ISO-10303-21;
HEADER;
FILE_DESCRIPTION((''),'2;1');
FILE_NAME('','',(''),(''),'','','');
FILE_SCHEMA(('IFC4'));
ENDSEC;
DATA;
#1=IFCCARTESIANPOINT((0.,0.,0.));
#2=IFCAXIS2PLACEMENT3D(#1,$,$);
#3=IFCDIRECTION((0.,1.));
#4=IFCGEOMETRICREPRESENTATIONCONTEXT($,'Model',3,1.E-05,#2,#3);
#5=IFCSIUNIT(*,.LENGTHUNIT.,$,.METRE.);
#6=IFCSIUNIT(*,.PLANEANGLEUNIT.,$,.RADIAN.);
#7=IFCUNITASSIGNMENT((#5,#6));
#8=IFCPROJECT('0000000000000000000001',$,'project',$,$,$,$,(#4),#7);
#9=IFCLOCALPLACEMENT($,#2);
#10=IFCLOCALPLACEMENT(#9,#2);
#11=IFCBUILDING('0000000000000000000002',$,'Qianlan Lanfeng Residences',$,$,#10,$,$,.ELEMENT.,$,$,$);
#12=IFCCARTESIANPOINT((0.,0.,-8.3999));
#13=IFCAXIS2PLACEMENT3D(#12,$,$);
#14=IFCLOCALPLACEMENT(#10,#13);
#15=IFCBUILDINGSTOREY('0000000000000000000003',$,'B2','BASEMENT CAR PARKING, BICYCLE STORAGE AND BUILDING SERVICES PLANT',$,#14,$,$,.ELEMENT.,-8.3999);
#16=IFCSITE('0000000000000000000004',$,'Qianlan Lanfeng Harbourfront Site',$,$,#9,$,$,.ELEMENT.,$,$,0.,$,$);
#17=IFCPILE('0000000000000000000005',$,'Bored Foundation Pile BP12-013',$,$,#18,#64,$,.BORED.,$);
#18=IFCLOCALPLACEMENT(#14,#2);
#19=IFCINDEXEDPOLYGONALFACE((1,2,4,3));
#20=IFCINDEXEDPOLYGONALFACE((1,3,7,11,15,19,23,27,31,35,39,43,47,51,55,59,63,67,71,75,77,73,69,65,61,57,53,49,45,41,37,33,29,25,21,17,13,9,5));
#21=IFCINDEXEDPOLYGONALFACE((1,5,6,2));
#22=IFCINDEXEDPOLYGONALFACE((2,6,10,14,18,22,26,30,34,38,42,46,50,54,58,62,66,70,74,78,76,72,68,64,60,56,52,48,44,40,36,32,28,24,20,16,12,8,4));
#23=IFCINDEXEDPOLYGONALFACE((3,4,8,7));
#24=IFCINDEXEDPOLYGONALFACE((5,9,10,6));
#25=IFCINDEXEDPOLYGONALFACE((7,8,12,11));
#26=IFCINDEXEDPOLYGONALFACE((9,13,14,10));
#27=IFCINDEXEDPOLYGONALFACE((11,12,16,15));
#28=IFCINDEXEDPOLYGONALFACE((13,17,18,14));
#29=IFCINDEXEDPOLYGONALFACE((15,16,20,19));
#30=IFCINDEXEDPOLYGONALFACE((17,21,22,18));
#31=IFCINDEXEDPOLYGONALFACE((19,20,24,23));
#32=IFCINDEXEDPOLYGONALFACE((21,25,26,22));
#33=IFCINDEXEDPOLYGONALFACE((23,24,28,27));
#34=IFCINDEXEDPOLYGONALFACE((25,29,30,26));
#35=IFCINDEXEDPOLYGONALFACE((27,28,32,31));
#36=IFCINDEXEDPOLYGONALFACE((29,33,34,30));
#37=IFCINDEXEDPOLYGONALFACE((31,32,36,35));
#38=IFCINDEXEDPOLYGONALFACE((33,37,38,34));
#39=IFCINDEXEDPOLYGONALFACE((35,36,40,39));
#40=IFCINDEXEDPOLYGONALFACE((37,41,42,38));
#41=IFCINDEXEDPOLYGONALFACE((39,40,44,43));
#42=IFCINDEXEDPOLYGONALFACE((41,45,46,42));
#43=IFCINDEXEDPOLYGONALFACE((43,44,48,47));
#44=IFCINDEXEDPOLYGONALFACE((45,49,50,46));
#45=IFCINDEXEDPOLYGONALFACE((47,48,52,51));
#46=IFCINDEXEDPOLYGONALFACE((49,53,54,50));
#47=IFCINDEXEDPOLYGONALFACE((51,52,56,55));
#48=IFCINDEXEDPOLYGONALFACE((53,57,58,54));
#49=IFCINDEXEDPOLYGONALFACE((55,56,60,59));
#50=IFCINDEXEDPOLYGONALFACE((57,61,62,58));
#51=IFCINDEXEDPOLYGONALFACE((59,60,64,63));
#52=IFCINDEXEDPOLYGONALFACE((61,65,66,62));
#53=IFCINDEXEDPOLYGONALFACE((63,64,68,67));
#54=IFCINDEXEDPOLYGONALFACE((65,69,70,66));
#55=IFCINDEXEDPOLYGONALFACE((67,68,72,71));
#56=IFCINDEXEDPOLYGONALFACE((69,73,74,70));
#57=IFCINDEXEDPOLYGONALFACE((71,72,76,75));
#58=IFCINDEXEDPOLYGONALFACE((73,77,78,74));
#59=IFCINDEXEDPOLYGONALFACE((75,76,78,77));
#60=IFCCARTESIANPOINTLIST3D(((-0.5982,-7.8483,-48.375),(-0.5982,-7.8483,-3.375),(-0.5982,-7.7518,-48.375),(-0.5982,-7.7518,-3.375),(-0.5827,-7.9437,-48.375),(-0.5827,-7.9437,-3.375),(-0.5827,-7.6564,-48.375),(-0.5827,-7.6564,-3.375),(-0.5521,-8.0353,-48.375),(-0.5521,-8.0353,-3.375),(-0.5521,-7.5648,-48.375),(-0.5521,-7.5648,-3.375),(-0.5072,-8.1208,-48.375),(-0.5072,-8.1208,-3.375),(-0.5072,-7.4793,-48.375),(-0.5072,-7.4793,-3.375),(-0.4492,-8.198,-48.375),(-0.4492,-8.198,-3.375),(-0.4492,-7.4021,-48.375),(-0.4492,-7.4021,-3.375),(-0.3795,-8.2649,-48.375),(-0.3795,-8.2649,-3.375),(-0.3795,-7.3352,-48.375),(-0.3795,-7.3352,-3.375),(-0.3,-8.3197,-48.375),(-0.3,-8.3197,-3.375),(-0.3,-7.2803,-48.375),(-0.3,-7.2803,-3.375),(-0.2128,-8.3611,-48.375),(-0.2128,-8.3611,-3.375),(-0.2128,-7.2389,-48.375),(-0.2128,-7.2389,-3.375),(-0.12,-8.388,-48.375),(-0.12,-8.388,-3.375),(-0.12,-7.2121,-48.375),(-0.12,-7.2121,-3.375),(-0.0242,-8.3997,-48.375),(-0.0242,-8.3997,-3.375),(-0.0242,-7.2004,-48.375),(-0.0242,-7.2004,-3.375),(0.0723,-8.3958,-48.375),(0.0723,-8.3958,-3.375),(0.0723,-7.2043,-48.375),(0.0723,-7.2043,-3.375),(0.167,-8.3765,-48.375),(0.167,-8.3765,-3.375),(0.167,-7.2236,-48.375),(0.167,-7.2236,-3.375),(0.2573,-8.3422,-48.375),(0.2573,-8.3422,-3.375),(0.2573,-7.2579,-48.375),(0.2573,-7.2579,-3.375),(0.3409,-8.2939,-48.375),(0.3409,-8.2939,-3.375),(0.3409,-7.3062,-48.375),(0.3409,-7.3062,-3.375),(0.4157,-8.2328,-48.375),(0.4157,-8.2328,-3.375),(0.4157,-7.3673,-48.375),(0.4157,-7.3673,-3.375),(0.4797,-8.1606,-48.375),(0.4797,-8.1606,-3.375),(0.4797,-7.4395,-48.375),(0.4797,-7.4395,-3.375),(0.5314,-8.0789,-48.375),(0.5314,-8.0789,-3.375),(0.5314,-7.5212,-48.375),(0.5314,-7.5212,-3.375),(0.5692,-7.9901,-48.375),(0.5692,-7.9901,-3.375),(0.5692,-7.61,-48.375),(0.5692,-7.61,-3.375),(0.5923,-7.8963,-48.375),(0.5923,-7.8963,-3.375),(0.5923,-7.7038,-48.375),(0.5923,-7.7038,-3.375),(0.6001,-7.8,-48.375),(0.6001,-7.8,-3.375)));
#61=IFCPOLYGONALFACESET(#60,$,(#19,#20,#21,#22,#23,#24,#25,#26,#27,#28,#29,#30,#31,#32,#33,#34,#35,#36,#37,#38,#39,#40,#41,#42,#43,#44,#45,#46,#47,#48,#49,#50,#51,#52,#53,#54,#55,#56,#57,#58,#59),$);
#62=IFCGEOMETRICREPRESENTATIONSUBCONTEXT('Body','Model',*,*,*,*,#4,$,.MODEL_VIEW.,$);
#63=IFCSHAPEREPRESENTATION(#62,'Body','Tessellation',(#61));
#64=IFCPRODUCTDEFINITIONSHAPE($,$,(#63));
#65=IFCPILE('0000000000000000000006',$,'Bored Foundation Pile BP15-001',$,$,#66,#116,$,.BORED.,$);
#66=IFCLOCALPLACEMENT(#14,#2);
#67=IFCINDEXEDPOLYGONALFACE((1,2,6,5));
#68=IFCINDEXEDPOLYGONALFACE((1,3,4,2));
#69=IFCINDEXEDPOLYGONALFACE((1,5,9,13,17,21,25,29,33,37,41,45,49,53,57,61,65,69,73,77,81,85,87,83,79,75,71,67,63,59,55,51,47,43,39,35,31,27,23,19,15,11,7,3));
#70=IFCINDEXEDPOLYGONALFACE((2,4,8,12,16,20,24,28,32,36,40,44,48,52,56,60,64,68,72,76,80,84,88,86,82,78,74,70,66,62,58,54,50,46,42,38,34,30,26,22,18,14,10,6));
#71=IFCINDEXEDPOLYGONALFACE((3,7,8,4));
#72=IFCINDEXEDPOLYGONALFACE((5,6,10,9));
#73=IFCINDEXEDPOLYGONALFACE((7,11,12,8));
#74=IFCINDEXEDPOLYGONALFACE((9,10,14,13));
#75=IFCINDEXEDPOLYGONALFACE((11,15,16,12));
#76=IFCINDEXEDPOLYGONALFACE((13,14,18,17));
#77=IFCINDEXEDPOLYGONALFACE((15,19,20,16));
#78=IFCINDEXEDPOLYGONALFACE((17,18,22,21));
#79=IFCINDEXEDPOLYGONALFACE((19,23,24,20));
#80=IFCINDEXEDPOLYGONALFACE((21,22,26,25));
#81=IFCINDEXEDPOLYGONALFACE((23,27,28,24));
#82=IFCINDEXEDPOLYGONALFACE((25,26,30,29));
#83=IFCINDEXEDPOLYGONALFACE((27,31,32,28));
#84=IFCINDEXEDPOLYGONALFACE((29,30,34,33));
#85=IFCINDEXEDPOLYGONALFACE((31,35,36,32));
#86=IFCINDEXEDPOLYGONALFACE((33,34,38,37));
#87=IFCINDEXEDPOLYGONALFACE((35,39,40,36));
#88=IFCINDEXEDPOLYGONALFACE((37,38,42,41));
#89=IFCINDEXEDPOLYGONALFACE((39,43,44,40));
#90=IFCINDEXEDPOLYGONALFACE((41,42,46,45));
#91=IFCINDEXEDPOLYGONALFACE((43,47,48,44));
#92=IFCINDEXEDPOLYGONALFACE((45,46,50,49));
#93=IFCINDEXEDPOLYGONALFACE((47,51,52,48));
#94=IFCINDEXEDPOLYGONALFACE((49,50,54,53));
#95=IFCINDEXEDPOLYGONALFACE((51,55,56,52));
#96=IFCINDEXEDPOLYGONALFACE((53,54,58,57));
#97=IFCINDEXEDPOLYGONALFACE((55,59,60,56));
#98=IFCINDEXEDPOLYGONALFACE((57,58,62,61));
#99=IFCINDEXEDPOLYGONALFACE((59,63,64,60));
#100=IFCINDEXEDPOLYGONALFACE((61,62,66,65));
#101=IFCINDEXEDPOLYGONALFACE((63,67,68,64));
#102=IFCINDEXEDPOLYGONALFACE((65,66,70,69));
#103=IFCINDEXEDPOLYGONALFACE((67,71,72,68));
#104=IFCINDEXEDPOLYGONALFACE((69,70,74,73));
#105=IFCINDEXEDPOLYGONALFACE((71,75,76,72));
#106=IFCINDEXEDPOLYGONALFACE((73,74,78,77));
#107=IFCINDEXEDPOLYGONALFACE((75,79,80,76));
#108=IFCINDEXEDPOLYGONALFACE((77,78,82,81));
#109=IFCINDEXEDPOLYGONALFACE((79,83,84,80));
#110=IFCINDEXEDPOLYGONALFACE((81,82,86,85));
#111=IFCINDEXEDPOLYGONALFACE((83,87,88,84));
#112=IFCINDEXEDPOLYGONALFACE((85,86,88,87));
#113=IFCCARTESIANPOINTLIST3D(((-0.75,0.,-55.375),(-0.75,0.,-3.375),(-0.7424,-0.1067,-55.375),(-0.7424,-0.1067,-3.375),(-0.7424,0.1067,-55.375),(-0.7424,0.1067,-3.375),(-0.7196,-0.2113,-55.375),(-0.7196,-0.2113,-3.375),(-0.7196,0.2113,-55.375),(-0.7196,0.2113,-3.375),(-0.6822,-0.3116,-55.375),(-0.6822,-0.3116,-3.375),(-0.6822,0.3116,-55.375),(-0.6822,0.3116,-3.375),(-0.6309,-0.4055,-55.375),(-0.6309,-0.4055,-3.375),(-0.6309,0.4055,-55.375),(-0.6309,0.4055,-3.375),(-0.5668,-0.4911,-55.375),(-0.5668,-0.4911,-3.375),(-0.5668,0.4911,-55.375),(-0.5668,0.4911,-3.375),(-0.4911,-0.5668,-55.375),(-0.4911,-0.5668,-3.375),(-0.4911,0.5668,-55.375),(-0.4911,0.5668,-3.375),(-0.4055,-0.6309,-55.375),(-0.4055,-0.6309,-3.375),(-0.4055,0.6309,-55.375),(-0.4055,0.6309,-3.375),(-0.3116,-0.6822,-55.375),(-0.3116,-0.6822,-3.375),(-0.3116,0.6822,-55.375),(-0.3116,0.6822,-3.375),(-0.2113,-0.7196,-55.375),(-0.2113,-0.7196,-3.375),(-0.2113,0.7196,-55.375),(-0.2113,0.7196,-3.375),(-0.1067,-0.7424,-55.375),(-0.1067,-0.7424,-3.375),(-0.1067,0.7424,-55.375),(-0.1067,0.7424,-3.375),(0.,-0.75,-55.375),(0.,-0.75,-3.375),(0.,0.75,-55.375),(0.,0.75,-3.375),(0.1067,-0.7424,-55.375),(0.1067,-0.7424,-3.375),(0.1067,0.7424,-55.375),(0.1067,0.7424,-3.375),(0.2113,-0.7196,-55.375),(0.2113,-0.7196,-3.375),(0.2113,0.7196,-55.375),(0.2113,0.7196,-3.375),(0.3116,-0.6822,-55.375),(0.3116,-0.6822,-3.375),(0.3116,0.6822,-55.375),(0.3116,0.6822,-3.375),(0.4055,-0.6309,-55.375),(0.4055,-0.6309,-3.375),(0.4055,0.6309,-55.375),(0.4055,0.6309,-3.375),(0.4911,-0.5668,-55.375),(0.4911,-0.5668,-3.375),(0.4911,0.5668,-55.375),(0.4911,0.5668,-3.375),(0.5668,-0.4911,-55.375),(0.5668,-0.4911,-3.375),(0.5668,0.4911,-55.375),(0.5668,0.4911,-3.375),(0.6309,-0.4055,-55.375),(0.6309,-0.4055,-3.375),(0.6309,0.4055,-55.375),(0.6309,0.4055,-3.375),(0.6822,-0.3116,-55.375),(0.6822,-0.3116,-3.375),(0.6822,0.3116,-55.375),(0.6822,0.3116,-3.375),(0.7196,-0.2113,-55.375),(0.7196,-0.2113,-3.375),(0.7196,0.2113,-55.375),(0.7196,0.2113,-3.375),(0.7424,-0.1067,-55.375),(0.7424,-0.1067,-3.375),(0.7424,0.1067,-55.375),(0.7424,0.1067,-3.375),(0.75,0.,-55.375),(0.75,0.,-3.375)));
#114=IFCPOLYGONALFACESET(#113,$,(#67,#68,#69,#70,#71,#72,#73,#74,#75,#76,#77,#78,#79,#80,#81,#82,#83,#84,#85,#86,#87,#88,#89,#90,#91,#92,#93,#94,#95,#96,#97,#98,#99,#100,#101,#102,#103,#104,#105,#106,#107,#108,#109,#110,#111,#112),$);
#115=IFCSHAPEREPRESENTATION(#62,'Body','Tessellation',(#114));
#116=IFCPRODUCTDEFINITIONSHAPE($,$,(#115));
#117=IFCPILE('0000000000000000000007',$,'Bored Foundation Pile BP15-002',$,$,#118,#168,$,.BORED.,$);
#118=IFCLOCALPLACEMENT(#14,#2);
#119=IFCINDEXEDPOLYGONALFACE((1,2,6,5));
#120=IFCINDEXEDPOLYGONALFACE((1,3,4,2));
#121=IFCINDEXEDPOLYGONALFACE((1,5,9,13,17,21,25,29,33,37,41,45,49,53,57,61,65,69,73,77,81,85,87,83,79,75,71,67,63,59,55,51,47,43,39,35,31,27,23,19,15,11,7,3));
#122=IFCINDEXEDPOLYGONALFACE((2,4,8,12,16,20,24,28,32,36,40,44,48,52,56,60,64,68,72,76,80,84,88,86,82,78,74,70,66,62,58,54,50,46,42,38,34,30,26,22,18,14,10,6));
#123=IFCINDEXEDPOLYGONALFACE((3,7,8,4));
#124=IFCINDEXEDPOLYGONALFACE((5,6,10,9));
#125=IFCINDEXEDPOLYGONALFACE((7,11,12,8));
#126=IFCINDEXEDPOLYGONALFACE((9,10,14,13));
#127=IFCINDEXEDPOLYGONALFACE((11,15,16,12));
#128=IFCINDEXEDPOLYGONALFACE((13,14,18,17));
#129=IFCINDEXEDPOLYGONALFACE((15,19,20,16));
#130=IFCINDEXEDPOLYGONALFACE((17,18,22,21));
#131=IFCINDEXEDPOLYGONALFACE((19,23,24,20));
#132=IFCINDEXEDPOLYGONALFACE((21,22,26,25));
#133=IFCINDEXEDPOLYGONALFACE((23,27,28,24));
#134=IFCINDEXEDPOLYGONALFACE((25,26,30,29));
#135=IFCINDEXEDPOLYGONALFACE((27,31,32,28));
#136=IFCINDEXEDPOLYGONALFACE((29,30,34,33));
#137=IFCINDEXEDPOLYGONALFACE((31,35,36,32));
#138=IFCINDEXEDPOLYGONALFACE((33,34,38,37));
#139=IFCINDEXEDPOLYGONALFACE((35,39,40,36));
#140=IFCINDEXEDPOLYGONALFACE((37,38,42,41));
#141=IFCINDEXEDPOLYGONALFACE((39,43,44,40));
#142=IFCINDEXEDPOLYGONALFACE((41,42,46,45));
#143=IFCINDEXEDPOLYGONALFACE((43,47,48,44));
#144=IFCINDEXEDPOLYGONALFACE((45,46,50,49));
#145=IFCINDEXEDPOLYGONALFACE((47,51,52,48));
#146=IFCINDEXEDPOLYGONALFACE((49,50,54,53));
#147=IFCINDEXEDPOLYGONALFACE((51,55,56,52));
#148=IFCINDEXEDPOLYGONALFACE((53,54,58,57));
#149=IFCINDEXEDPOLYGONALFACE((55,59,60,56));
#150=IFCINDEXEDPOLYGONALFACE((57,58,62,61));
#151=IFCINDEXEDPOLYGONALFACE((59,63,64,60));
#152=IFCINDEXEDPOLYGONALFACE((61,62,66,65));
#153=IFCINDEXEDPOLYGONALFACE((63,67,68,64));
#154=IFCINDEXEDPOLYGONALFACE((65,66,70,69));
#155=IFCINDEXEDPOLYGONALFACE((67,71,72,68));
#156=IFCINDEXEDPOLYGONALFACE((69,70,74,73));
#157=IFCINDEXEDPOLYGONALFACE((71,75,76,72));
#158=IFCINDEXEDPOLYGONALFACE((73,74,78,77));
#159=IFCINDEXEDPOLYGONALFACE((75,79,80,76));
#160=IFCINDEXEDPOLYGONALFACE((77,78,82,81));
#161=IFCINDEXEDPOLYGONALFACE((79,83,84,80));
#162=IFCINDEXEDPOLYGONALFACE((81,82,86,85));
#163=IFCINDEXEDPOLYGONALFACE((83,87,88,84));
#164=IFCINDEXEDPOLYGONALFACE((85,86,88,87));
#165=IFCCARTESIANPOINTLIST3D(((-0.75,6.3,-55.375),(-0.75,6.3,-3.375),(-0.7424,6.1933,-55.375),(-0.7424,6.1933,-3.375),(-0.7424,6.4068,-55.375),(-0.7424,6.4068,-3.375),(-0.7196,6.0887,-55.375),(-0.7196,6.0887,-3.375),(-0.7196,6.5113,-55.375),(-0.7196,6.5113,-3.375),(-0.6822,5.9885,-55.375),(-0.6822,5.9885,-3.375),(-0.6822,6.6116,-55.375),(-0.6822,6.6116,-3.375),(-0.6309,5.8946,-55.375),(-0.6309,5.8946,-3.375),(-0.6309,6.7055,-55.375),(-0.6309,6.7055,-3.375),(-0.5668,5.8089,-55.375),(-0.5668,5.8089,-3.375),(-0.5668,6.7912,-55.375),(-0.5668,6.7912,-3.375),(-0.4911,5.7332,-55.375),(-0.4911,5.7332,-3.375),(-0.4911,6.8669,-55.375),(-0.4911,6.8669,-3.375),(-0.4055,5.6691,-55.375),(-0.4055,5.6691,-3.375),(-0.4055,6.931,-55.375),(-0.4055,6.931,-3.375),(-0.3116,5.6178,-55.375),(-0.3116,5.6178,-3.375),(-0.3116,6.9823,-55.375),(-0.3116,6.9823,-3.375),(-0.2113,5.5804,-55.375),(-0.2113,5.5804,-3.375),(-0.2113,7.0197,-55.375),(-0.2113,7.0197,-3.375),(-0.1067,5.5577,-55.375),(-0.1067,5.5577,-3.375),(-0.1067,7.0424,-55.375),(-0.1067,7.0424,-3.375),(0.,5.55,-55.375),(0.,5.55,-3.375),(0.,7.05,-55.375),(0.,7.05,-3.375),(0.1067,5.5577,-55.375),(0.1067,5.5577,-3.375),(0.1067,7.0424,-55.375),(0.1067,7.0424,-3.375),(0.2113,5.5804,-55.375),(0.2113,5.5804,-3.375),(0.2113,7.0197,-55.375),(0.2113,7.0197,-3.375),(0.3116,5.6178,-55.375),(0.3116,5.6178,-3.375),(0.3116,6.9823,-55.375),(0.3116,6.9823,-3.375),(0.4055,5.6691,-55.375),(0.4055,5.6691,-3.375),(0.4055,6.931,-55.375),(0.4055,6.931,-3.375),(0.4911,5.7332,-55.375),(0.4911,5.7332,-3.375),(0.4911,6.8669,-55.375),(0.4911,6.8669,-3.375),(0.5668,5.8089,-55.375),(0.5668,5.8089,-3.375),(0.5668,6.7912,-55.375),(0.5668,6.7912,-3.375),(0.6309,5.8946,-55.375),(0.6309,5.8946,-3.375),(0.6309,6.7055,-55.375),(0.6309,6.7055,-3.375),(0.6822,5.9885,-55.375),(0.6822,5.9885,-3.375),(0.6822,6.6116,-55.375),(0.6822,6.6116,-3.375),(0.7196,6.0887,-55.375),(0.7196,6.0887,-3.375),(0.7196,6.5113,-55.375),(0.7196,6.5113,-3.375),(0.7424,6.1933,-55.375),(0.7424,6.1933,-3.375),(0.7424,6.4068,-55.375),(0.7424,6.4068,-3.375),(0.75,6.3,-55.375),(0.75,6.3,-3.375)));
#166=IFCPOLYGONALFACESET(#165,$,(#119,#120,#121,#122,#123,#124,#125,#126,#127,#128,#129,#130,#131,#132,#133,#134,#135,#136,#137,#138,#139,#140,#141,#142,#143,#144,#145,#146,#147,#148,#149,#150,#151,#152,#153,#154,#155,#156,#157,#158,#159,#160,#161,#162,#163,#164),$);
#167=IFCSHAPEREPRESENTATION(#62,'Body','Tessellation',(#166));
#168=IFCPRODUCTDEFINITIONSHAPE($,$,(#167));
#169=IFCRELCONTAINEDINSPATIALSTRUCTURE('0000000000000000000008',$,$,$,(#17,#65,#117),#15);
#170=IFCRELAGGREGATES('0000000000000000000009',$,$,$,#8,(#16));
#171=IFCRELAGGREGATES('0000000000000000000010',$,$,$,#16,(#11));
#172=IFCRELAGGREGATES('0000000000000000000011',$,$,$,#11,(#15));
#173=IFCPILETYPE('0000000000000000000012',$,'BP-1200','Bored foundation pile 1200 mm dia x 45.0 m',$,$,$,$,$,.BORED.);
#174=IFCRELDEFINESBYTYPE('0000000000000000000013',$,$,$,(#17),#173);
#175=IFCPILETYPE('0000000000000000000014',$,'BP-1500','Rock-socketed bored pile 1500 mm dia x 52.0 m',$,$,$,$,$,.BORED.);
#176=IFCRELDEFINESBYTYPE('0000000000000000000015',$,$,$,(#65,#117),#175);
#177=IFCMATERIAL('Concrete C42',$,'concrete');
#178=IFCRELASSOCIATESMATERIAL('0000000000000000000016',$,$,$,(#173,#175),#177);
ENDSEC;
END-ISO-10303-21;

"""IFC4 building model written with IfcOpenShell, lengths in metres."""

from ifc_helpers import new_model, si_unit, direction, frame, origin, origin_2d, place, context, subcontext, project, spatial, circle, extrude, material, material_profile, profile_set, type_object, element, save


model = new_model("IFC4")

# Units and contexts
model_context = context("Model", 3, precision=1e-05, world=origin(), true_north=direction((0.0, 1.0)))
body_context = subcontext(model_context, "Body", "Model", "MODEL_VIEW")
ifc_project = project(units=[si_unit("LENGTHUNIT", "METRE"), si_unit("PLANEANGLEUNIT", "RADIAN")], contexts=[model_context])

# Site, building, storey
site_placement = place(None, origin())
site = spatial("IfcSite", under=ifc_project, at=site_placement, Name="Qianlan Lanfeng Harbourfront Site", CompositionType="ELEMENT", RefElevation=0.0)
building_placement = place(site_placement, origin())
building = spatial("IfcBuilding", under=site, at=building_placement, Name="Qianlan Lanfeng Residences", CompositionType="ELEMENT")
storey_placement = place(building_placement, frame((0.0, 0.0, -8.3999)))
storey = spatial("IfcBuildingStorey", under=building, at=storey_placement, Name="B2", Description="BASEMENT CAR PARKING, BICYCLE STORAGE AND BUILDING SERVICES PLANT", CompositionType="ELEMENT", Elevation=-8.3999)

# Piles
ifc_material_1 = material(Name="Concrete C42", Category="concrete")
ifc_material_profile_1 = material_profile(ifc_material_1, circle(Radius=0.6001, at=origin_2d()), Name="PILE D1200")
ifc_profile_set_1 = profile_set([ifc_material_profile_1], Name="Concrete C42")
pile_type_1 = type_object("IfcPileType", Name="BP-1200", Description="Bored foundation pile 1200 mm dia x 45.0 m", PredefinedType="BORED", material=ifc_profile_set_1)
for number, where, z_axis, x_axis, name in (
    (1, (0.0, -7.8, -3.375), (0.0, 0.0, -1.0), (1.0, 0.0, 0.0), "Bored Foundation Pile BP12-013"),
):
    element("IfcPile", number, at=place(storey_placement, frame(where, z_axis=z_axis, x_axis=x_axis)), inside=storey, type_object=pile_type_1, Name=name, PredefinedType="BORED", context=body_context, shape_type="SweptSolid", body=[
        extrude(circle(Radius=0.6001, at=origin_2d()), origin(), (0.0, 0.0, 1.0), 45.0),
    ])
ifc_material_profile_2 = material_profile(ifc_material_1, circle(Radius=0.75, at=origin_2d()), Name="PILE D1500")
ifc_profile_set_2 = profile_set([ifc_material_profile_2], Name="Concrete C42")
pile_type_2 = type_object("IfcPileType", Name="BP-1500", Description="Rock-socketed bored pile 1500 mm dia x 52.0 m", PredefinedType="BORED", material=ifc_profile_set_2)
for number, where, z_axis, x_axis, name in (
    (2, (0.0, 0.0, -3.375), (0.0, 0.0, -1.0), (1.0, 0.0, 0.0), "Bored Foundation Pile BP15-001"),
    (3, (0.0, 6.3, -3.375), (0.0, 0.0, -1.0), (1.0, 0.0, 0.0), "Bored Foundation Pile BP15-002"),
):
    element("IfcPile", number, at=place(storey_placement, frame(where, z_axis=z_axis, x_axis=x_axis)), inside=storey, type_object=pile_type_2, Name=name, PredefinedType="BORED", context=body_context, shape_type="SweptSolid", body=[
        extrude(circle(Radius=0.75, at=origin_2d()), origin(), (0.0, 0.0, 1.0), 52.0),
    ])

save(model, "model.ifc")
